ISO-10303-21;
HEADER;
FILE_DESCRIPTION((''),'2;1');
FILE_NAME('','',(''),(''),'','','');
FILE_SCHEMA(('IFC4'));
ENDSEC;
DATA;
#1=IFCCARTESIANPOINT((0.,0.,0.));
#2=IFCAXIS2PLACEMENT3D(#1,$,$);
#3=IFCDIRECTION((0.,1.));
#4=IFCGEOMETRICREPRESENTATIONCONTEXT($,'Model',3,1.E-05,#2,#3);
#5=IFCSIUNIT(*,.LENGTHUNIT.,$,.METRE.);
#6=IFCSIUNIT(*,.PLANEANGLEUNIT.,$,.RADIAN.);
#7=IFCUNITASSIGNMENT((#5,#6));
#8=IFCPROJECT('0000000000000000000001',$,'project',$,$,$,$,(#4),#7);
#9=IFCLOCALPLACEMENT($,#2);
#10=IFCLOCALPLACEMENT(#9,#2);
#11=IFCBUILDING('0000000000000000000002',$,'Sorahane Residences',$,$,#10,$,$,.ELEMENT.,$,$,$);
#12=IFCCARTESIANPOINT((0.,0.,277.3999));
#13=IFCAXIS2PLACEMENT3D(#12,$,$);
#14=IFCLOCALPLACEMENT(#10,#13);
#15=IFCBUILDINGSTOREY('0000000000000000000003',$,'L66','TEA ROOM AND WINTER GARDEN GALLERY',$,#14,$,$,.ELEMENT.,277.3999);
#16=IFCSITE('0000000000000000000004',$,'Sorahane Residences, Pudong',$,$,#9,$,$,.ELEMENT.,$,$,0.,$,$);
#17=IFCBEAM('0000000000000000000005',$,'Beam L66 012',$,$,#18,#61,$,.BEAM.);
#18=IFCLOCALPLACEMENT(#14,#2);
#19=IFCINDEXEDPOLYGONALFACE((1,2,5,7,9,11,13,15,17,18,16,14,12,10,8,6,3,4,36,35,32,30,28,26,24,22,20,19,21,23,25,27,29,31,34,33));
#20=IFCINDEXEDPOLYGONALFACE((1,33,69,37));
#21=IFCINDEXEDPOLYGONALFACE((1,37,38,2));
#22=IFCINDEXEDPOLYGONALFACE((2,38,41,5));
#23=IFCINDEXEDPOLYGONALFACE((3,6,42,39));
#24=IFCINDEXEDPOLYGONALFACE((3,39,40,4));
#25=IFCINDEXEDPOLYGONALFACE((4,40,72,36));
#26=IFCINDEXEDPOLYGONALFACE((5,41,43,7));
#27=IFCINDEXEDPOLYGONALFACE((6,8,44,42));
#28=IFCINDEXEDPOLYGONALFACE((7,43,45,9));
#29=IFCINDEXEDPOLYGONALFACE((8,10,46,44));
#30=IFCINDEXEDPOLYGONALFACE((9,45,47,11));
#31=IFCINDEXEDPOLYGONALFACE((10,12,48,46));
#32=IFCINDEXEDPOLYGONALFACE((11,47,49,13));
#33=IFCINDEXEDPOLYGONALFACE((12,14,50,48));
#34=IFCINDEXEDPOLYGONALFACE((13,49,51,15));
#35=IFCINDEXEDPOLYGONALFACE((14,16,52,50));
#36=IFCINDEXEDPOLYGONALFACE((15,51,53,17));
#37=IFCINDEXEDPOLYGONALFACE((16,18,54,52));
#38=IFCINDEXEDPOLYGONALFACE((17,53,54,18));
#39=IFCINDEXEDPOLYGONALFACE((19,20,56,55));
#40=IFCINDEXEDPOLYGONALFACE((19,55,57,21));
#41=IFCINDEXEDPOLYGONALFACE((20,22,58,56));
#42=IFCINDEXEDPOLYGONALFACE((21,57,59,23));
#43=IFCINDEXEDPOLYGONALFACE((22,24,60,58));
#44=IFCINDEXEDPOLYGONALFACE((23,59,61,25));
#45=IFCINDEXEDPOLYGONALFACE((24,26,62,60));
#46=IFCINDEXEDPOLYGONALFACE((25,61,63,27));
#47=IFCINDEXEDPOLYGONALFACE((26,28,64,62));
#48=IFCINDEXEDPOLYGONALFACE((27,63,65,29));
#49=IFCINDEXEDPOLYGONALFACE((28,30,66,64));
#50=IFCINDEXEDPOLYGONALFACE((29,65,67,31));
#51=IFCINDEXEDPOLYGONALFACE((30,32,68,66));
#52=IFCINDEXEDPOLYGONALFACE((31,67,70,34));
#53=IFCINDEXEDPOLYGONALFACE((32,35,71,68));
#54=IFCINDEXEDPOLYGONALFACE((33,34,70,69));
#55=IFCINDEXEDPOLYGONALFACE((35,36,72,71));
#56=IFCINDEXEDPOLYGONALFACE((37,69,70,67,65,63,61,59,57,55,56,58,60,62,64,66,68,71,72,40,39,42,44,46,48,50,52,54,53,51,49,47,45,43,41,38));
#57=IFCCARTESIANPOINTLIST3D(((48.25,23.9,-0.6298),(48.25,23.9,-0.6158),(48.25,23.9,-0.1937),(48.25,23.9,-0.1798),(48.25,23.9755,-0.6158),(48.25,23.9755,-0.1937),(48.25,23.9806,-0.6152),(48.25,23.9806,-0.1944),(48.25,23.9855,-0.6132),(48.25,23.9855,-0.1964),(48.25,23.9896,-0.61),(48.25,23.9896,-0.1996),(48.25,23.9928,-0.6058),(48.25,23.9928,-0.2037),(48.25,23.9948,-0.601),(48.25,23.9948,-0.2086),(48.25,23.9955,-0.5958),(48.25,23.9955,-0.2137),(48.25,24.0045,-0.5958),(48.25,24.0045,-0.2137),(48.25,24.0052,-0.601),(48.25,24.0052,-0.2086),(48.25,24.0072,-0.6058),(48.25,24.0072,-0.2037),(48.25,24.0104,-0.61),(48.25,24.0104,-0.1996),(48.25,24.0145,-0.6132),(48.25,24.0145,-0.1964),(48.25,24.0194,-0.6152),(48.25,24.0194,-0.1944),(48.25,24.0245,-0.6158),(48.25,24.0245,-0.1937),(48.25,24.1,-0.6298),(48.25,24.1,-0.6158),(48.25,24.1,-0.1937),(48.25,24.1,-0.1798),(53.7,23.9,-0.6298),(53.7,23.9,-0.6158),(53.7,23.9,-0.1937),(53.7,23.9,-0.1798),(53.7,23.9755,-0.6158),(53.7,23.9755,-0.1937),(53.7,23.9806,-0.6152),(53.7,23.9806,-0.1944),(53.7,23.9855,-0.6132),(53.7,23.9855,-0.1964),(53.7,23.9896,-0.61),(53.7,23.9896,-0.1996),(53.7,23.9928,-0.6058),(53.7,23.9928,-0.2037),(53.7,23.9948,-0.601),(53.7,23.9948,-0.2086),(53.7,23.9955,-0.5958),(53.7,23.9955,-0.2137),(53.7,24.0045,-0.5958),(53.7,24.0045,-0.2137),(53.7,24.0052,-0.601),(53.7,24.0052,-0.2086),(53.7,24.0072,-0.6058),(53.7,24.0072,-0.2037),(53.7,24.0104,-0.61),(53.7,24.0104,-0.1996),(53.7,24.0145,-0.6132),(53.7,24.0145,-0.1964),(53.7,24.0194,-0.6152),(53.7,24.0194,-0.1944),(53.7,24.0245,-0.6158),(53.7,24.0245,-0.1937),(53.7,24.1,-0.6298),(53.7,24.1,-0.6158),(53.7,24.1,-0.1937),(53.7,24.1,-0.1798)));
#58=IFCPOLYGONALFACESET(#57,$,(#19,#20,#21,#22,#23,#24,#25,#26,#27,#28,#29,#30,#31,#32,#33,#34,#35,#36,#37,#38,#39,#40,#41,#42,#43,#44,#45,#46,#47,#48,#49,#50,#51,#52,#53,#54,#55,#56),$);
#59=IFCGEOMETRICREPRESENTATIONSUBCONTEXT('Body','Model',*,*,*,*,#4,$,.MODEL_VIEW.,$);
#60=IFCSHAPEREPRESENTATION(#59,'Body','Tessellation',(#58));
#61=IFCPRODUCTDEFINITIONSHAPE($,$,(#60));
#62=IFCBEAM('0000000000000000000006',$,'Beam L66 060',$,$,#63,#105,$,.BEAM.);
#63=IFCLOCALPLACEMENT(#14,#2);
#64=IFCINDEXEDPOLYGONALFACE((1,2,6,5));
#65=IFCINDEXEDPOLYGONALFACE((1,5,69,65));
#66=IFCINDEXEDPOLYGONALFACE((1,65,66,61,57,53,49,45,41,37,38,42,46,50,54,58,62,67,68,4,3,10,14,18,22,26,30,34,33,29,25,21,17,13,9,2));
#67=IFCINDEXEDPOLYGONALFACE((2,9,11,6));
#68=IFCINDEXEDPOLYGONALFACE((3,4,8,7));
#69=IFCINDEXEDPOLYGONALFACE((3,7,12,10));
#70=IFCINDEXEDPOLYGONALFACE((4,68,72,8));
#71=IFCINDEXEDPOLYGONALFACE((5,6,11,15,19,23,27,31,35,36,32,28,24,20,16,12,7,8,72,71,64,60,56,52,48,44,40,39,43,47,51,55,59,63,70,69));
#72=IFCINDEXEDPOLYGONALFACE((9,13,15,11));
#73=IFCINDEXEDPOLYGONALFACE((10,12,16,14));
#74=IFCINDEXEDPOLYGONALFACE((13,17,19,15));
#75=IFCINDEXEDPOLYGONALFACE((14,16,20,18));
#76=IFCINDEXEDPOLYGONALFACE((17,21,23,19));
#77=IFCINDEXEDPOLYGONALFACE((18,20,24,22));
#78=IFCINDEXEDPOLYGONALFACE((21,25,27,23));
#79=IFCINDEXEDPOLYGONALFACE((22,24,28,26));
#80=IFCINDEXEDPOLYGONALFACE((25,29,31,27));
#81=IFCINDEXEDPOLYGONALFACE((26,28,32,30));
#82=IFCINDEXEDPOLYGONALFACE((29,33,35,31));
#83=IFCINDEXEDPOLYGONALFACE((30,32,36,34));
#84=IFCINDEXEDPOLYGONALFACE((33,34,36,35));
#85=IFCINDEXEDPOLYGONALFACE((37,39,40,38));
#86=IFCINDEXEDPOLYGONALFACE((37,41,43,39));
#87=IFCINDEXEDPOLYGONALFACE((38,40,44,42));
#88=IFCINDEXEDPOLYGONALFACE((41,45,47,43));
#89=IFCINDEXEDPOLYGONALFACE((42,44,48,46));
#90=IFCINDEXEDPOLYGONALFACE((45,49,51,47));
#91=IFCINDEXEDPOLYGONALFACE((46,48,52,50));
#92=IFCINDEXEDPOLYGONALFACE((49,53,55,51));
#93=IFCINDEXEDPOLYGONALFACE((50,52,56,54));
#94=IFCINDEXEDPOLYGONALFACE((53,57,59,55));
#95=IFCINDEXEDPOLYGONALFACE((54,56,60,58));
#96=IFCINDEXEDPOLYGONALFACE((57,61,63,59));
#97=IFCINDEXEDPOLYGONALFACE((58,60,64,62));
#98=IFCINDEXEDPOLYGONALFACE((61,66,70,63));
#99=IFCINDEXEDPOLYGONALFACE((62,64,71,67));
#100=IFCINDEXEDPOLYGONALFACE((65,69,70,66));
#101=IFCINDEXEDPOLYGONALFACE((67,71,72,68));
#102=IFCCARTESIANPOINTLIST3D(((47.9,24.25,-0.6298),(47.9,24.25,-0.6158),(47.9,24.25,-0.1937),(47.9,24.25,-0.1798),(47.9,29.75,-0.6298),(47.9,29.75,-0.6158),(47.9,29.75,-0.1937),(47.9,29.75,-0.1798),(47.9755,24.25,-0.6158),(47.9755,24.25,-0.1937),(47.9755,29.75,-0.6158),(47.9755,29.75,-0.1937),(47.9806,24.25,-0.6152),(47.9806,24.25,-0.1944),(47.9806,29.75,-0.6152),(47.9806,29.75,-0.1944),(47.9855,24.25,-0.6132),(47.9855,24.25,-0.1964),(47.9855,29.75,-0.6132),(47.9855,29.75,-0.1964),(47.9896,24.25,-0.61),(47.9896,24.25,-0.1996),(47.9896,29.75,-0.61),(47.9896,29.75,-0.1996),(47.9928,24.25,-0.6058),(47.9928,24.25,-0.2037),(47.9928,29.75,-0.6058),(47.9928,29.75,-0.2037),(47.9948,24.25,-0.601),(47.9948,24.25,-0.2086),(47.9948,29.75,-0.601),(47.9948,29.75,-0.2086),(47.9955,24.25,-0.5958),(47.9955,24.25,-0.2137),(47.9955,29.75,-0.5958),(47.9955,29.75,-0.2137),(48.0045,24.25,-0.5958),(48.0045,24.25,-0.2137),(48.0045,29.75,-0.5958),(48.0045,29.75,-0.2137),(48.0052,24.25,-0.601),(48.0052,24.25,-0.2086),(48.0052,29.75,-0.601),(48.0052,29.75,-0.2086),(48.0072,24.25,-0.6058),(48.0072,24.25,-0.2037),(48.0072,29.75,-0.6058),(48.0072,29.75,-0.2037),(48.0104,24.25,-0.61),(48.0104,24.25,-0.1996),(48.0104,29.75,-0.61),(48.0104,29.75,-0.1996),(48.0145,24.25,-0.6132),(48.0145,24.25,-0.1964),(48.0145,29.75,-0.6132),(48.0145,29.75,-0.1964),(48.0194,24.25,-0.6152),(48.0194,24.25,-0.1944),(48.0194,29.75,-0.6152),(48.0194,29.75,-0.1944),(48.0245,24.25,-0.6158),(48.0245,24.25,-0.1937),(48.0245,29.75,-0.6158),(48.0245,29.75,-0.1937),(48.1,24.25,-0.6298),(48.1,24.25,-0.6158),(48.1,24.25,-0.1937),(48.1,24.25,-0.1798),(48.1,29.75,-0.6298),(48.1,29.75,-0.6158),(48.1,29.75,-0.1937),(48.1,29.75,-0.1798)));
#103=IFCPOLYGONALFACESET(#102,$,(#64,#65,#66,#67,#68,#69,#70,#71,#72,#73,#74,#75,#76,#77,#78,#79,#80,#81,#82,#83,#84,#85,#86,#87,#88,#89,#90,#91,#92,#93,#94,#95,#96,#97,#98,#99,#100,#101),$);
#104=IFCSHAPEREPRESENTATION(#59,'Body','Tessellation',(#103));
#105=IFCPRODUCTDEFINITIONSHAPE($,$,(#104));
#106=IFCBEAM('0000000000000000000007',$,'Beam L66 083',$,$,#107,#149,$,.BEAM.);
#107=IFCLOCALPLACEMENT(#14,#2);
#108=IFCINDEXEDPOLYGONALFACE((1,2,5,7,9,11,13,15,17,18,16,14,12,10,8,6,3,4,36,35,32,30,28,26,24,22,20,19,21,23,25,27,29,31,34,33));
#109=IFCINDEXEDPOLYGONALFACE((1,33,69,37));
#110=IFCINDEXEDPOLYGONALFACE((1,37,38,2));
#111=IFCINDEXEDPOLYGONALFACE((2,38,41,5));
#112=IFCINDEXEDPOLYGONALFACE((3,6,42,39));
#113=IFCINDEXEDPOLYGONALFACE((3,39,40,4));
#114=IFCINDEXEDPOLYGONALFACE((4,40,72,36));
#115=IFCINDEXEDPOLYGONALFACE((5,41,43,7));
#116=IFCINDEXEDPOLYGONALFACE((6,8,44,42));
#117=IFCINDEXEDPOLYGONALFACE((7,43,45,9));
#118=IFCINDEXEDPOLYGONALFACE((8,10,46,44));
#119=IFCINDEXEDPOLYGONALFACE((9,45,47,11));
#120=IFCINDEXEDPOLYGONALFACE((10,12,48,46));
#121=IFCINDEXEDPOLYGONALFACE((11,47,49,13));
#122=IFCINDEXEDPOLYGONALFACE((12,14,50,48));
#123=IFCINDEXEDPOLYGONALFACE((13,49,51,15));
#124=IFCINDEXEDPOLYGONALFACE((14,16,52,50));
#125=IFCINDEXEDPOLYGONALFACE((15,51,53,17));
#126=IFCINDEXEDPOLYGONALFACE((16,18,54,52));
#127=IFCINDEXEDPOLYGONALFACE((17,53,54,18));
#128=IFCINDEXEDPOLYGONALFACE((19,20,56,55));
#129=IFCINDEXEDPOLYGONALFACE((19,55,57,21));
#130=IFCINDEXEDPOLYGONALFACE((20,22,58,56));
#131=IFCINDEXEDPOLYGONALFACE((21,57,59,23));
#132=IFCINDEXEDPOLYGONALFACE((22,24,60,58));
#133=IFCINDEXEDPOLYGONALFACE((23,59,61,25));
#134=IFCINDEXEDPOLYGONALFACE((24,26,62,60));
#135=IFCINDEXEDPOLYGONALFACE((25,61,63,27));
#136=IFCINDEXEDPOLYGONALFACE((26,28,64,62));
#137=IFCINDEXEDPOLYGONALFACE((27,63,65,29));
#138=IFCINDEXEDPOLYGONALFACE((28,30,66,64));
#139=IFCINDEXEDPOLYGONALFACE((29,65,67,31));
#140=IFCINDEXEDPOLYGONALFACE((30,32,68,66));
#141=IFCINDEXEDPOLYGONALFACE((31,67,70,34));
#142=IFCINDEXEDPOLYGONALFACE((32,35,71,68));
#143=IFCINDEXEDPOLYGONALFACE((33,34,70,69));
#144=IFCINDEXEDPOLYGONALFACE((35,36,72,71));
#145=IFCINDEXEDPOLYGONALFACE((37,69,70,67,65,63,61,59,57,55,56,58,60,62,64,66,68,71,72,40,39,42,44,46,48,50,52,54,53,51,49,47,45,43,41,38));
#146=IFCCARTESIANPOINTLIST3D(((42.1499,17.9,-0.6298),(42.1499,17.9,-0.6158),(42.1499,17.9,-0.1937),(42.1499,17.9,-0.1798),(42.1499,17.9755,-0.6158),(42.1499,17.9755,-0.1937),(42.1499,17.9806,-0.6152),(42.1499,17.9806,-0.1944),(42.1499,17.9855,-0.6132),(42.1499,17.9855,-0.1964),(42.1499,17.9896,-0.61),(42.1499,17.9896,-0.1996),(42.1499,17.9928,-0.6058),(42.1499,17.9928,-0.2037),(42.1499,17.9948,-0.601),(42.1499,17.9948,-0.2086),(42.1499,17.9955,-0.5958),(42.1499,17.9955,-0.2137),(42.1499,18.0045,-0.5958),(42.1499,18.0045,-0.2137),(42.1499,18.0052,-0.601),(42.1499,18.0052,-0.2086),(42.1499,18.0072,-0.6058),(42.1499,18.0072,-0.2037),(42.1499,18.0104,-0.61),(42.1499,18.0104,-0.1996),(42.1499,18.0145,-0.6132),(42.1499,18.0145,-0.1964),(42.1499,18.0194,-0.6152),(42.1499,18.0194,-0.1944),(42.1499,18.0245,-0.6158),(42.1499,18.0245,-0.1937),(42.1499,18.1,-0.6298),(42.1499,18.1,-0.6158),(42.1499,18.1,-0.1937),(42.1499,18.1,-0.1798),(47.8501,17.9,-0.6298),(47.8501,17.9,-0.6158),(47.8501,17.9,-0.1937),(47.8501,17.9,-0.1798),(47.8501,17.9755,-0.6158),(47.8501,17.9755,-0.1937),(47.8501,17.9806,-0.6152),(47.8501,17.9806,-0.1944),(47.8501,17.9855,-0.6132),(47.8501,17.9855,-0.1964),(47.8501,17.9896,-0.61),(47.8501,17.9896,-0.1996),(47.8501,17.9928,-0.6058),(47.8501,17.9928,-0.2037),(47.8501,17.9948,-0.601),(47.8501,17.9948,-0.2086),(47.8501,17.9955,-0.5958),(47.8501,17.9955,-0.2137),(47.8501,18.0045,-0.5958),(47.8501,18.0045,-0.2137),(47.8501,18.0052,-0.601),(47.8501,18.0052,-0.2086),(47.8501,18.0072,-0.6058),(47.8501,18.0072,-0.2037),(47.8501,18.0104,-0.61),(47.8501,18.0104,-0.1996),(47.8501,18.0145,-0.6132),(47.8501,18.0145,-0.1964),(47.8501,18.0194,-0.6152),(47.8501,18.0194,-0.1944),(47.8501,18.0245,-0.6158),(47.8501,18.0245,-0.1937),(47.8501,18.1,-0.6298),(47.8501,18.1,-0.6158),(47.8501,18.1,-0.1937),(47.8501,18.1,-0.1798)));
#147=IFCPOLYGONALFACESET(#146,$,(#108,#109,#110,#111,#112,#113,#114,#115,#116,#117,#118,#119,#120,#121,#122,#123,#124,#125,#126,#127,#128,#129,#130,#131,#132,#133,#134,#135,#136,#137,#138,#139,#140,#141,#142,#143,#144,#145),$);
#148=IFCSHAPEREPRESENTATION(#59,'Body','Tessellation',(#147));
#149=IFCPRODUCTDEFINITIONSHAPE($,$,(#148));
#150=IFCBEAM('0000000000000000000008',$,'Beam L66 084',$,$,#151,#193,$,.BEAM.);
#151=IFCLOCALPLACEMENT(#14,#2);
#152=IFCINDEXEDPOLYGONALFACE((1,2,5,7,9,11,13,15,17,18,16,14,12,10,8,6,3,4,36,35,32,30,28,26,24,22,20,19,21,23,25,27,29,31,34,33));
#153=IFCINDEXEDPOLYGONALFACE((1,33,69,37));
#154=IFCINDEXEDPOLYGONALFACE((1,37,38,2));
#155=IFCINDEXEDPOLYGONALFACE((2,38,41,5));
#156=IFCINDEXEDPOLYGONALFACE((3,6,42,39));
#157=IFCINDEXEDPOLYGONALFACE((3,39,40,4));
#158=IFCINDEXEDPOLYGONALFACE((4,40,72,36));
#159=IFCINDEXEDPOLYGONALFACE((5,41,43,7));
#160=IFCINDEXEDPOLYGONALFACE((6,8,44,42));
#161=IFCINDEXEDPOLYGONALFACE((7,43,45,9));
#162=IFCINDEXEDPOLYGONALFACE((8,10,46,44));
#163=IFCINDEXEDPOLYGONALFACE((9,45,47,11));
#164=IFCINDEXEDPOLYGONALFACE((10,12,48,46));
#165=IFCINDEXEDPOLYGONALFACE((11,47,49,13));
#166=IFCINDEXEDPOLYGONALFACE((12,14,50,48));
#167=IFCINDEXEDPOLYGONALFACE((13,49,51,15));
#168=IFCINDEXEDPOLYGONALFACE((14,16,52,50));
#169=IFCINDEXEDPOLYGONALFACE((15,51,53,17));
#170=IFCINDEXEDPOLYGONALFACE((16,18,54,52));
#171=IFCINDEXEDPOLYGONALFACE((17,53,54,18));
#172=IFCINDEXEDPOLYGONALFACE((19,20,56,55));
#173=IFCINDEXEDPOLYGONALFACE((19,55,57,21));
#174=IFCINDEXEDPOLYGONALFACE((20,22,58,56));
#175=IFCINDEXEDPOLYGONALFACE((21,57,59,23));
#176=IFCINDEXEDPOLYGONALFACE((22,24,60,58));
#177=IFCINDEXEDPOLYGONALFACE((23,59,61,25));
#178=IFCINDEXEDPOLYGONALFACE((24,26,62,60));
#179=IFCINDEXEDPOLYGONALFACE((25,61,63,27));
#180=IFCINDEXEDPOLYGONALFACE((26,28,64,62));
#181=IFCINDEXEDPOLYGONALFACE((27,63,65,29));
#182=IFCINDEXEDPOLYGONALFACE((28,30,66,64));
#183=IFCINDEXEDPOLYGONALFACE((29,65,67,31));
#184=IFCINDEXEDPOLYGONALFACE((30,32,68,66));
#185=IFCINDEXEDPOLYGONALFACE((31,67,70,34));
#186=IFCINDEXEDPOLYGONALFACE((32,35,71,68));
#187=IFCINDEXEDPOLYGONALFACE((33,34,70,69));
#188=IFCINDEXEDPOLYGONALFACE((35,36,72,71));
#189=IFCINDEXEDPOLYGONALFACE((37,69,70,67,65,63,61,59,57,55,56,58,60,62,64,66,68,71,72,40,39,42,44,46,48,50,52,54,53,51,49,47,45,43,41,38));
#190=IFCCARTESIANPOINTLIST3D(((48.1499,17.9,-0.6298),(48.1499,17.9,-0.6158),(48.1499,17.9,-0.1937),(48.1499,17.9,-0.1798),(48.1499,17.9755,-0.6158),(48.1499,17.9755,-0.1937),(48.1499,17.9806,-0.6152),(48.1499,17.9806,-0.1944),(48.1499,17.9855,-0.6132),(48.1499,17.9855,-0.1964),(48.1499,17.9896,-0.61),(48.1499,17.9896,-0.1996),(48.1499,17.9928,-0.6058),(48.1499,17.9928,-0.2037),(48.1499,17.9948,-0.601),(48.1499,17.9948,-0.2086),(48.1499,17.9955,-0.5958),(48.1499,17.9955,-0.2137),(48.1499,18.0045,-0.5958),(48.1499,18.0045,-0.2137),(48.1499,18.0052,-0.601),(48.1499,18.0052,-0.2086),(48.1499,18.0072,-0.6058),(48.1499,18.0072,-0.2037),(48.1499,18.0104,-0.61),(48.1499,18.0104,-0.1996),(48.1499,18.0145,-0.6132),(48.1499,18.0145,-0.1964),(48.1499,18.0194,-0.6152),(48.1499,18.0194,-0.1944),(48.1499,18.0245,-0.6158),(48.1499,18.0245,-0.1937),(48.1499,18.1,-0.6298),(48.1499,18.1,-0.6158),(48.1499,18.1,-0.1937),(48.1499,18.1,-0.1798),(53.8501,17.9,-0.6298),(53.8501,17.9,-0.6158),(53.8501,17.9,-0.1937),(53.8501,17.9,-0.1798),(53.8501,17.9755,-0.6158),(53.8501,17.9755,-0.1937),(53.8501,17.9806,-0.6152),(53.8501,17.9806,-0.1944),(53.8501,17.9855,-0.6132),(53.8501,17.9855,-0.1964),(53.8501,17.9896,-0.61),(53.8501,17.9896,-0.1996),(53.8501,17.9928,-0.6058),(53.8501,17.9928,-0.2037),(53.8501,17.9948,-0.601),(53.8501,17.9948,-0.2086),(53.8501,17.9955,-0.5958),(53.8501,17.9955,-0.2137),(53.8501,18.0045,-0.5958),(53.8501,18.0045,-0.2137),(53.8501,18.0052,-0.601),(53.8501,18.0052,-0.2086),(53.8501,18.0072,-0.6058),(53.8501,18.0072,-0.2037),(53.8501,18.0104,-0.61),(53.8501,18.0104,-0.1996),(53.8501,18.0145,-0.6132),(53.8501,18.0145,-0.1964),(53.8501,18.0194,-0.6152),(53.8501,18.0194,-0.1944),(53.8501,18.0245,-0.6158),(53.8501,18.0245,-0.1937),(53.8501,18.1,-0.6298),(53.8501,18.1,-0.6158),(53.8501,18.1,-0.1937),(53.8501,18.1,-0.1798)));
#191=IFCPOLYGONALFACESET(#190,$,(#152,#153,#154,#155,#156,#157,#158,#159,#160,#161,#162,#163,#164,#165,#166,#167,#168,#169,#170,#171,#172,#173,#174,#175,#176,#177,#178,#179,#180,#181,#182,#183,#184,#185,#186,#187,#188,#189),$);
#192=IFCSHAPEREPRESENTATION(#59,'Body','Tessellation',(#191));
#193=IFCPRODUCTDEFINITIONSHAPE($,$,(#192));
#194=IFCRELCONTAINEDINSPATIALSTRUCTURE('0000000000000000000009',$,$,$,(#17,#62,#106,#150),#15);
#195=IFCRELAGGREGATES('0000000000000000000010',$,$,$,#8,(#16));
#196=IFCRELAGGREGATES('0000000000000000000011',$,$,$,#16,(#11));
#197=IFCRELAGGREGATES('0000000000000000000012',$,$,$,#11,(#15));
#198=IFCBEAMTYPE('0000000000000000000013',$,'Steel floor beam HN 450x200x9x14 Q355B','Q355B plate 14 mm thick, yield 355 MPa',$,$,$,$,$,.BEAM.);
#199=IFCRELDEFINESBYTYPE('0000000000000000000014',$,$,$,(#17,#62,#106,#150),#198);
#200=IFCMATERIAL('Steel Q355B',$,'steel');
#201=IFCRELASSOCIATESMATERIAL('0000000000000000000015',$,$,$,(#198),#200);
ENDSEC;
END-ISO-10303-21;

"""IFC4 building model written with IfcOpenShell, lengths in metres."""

from ifc_helpers import new_model, si_unit, direction, frame, origin, origin_2d, place, context, subcontext, project, spatial, i_section, extrude, material, material_profile, profile_set, type_object, element, save


model = new_model("IFC4")

# Units and contexts
model_context = context("Model", 3, precision=1e-05, world=origin(), true_north=direction((0.0, 1.0)))
body_context = subcontext(model_context, "Body", "Model", "MODEL_VIEW")
ifc_project = project(units=[si_unit("LENGTHUNIT", "METRE"), si_unit("PLANEANGLEUNIT", "RADIAN")], contexts=[model_context])

# Site, building, storey
site_placement = place(None, origin())
site = spatial("IfcSite", under=ifc_project, at=site_placement, Name="Sorahane Residences, Pudong", CompositionType="ELEMENT", RefElevation=0.0)
building_placement = place(site_placement, origin())
building = spatial("IfcBuilding", under=site, at=building_placement, Name="Sorahane Residences", CompositionType="ELEMENT")
storey_placement = place(building_placement, frame((0.0, 0.0, 277.3999)))
storey = spatial("IfcBuildingStorey", under=building, at=storey_placement, Name="L66", Description="TEA ROOM AND WINTER GARDEN GALLERY", CompositionType="ELEMENT", Elevation=277.3999)

# Beams
ifc_material_1 = material(Name="Steel Q355B", Category="steel")
ifc_material_profile_1 = material_profile(ifc_material_1, i_section(OverallWidth=0.2, OverallDepth=0.45, WebThickness=0.009, FlangeThickness=0.0139, FilletRadius=0.02, at=origin_2d()), Name="HN 450x200x9x14")
ifc_profile_set_1 = profile_set([ifc_material_profile_1], Name="Steel Q355B")
beam_type_1 = type_object("IfcBeamType", Name="Steel floor beam HN 450x200x9x14 Q355B", Description="Q355B plate 14 mm thick, yield 355 MPa", PredefinedType="BEAM", material=ifc_profile_set_1)
for number, where, z_axis, x_axis, name in (
    (1, (48.25, 24.0, -0.4048), (1.0, 0.0, 0.0), (0.0, 1.0, 0.0), "Beam L66 012"),
):
    element("IfcBeam", number, at=place(storey_placement, frame(where, z_axis=z_axis, x_axis=x_axis)), inside=storey, type_object=beam_type_1, Name=name, PredefinedType="BEAM", context=body_context, shape_type="SweptSolid", body=[
        extrude(i_section(OverallWidth=0.2, OverallDepth=0.45, WebThickness=0.009, FlangeThickness=0.0139, FilletRadius=0.02, at=origin_2d()), origin(), (0.0, 0.0, 1.0), 5.45),
    ])
beam_1_placement = place(storey_placement, frame((48.0, 24.25, -0.4048), z_axis=(0.0, 1.0, 0.0), x_axis=(-1.0, 0.0, 0.0)))
element("IfcBeam", 2, at=beam_1_placement, inside=storey, type_object=beam_type_1, Name="Beam L66 060", PredefinedType="BEAM", context=body_context, shape_type="SweptSolid", body=[
    extrude(i_section(OverallWidth=0.2, OverallDepth=0.45, WebThickness=0.009, FlangeThickness=0.0139, FilletRadius=0.02, at=origin_2d()), origin(), (0.0, 0.0, 1.0), 5.5),
])
for number, where, z_axis, x_axis, name in (
    (3, (42.1499, 18.0, -0.4048), (1.0, 0.0, 0.0), (0.0, 1.0, 0.0), "Beam L66 083"),
    (4, (48.1499, 18.0, -0.4048), (1.0, 0.0, 0.0), (0.0, 1.0, 0.0), "Beam L66 084"),
):
    element("IfcBeam", number, at=place(storey_placement, frame(where, z_axis=z_axis, x_axis=x_axis)), inside=storey, type_object=beam_type_1, Name=name, PredefinedType="BEAM", context=body_context, shape_type="SweptSolid", body=[
        extrude(i_section(OverallWidth=0.2, OverallDepth=0.45, WebThickness=0.009, FlangeThickness=0.0139, FilletRadius=0.02, at=origin_2d()), origin(), (0.0, 0.0, 1.0), 5.7002),
    ])

save(model, "model.ifc")
